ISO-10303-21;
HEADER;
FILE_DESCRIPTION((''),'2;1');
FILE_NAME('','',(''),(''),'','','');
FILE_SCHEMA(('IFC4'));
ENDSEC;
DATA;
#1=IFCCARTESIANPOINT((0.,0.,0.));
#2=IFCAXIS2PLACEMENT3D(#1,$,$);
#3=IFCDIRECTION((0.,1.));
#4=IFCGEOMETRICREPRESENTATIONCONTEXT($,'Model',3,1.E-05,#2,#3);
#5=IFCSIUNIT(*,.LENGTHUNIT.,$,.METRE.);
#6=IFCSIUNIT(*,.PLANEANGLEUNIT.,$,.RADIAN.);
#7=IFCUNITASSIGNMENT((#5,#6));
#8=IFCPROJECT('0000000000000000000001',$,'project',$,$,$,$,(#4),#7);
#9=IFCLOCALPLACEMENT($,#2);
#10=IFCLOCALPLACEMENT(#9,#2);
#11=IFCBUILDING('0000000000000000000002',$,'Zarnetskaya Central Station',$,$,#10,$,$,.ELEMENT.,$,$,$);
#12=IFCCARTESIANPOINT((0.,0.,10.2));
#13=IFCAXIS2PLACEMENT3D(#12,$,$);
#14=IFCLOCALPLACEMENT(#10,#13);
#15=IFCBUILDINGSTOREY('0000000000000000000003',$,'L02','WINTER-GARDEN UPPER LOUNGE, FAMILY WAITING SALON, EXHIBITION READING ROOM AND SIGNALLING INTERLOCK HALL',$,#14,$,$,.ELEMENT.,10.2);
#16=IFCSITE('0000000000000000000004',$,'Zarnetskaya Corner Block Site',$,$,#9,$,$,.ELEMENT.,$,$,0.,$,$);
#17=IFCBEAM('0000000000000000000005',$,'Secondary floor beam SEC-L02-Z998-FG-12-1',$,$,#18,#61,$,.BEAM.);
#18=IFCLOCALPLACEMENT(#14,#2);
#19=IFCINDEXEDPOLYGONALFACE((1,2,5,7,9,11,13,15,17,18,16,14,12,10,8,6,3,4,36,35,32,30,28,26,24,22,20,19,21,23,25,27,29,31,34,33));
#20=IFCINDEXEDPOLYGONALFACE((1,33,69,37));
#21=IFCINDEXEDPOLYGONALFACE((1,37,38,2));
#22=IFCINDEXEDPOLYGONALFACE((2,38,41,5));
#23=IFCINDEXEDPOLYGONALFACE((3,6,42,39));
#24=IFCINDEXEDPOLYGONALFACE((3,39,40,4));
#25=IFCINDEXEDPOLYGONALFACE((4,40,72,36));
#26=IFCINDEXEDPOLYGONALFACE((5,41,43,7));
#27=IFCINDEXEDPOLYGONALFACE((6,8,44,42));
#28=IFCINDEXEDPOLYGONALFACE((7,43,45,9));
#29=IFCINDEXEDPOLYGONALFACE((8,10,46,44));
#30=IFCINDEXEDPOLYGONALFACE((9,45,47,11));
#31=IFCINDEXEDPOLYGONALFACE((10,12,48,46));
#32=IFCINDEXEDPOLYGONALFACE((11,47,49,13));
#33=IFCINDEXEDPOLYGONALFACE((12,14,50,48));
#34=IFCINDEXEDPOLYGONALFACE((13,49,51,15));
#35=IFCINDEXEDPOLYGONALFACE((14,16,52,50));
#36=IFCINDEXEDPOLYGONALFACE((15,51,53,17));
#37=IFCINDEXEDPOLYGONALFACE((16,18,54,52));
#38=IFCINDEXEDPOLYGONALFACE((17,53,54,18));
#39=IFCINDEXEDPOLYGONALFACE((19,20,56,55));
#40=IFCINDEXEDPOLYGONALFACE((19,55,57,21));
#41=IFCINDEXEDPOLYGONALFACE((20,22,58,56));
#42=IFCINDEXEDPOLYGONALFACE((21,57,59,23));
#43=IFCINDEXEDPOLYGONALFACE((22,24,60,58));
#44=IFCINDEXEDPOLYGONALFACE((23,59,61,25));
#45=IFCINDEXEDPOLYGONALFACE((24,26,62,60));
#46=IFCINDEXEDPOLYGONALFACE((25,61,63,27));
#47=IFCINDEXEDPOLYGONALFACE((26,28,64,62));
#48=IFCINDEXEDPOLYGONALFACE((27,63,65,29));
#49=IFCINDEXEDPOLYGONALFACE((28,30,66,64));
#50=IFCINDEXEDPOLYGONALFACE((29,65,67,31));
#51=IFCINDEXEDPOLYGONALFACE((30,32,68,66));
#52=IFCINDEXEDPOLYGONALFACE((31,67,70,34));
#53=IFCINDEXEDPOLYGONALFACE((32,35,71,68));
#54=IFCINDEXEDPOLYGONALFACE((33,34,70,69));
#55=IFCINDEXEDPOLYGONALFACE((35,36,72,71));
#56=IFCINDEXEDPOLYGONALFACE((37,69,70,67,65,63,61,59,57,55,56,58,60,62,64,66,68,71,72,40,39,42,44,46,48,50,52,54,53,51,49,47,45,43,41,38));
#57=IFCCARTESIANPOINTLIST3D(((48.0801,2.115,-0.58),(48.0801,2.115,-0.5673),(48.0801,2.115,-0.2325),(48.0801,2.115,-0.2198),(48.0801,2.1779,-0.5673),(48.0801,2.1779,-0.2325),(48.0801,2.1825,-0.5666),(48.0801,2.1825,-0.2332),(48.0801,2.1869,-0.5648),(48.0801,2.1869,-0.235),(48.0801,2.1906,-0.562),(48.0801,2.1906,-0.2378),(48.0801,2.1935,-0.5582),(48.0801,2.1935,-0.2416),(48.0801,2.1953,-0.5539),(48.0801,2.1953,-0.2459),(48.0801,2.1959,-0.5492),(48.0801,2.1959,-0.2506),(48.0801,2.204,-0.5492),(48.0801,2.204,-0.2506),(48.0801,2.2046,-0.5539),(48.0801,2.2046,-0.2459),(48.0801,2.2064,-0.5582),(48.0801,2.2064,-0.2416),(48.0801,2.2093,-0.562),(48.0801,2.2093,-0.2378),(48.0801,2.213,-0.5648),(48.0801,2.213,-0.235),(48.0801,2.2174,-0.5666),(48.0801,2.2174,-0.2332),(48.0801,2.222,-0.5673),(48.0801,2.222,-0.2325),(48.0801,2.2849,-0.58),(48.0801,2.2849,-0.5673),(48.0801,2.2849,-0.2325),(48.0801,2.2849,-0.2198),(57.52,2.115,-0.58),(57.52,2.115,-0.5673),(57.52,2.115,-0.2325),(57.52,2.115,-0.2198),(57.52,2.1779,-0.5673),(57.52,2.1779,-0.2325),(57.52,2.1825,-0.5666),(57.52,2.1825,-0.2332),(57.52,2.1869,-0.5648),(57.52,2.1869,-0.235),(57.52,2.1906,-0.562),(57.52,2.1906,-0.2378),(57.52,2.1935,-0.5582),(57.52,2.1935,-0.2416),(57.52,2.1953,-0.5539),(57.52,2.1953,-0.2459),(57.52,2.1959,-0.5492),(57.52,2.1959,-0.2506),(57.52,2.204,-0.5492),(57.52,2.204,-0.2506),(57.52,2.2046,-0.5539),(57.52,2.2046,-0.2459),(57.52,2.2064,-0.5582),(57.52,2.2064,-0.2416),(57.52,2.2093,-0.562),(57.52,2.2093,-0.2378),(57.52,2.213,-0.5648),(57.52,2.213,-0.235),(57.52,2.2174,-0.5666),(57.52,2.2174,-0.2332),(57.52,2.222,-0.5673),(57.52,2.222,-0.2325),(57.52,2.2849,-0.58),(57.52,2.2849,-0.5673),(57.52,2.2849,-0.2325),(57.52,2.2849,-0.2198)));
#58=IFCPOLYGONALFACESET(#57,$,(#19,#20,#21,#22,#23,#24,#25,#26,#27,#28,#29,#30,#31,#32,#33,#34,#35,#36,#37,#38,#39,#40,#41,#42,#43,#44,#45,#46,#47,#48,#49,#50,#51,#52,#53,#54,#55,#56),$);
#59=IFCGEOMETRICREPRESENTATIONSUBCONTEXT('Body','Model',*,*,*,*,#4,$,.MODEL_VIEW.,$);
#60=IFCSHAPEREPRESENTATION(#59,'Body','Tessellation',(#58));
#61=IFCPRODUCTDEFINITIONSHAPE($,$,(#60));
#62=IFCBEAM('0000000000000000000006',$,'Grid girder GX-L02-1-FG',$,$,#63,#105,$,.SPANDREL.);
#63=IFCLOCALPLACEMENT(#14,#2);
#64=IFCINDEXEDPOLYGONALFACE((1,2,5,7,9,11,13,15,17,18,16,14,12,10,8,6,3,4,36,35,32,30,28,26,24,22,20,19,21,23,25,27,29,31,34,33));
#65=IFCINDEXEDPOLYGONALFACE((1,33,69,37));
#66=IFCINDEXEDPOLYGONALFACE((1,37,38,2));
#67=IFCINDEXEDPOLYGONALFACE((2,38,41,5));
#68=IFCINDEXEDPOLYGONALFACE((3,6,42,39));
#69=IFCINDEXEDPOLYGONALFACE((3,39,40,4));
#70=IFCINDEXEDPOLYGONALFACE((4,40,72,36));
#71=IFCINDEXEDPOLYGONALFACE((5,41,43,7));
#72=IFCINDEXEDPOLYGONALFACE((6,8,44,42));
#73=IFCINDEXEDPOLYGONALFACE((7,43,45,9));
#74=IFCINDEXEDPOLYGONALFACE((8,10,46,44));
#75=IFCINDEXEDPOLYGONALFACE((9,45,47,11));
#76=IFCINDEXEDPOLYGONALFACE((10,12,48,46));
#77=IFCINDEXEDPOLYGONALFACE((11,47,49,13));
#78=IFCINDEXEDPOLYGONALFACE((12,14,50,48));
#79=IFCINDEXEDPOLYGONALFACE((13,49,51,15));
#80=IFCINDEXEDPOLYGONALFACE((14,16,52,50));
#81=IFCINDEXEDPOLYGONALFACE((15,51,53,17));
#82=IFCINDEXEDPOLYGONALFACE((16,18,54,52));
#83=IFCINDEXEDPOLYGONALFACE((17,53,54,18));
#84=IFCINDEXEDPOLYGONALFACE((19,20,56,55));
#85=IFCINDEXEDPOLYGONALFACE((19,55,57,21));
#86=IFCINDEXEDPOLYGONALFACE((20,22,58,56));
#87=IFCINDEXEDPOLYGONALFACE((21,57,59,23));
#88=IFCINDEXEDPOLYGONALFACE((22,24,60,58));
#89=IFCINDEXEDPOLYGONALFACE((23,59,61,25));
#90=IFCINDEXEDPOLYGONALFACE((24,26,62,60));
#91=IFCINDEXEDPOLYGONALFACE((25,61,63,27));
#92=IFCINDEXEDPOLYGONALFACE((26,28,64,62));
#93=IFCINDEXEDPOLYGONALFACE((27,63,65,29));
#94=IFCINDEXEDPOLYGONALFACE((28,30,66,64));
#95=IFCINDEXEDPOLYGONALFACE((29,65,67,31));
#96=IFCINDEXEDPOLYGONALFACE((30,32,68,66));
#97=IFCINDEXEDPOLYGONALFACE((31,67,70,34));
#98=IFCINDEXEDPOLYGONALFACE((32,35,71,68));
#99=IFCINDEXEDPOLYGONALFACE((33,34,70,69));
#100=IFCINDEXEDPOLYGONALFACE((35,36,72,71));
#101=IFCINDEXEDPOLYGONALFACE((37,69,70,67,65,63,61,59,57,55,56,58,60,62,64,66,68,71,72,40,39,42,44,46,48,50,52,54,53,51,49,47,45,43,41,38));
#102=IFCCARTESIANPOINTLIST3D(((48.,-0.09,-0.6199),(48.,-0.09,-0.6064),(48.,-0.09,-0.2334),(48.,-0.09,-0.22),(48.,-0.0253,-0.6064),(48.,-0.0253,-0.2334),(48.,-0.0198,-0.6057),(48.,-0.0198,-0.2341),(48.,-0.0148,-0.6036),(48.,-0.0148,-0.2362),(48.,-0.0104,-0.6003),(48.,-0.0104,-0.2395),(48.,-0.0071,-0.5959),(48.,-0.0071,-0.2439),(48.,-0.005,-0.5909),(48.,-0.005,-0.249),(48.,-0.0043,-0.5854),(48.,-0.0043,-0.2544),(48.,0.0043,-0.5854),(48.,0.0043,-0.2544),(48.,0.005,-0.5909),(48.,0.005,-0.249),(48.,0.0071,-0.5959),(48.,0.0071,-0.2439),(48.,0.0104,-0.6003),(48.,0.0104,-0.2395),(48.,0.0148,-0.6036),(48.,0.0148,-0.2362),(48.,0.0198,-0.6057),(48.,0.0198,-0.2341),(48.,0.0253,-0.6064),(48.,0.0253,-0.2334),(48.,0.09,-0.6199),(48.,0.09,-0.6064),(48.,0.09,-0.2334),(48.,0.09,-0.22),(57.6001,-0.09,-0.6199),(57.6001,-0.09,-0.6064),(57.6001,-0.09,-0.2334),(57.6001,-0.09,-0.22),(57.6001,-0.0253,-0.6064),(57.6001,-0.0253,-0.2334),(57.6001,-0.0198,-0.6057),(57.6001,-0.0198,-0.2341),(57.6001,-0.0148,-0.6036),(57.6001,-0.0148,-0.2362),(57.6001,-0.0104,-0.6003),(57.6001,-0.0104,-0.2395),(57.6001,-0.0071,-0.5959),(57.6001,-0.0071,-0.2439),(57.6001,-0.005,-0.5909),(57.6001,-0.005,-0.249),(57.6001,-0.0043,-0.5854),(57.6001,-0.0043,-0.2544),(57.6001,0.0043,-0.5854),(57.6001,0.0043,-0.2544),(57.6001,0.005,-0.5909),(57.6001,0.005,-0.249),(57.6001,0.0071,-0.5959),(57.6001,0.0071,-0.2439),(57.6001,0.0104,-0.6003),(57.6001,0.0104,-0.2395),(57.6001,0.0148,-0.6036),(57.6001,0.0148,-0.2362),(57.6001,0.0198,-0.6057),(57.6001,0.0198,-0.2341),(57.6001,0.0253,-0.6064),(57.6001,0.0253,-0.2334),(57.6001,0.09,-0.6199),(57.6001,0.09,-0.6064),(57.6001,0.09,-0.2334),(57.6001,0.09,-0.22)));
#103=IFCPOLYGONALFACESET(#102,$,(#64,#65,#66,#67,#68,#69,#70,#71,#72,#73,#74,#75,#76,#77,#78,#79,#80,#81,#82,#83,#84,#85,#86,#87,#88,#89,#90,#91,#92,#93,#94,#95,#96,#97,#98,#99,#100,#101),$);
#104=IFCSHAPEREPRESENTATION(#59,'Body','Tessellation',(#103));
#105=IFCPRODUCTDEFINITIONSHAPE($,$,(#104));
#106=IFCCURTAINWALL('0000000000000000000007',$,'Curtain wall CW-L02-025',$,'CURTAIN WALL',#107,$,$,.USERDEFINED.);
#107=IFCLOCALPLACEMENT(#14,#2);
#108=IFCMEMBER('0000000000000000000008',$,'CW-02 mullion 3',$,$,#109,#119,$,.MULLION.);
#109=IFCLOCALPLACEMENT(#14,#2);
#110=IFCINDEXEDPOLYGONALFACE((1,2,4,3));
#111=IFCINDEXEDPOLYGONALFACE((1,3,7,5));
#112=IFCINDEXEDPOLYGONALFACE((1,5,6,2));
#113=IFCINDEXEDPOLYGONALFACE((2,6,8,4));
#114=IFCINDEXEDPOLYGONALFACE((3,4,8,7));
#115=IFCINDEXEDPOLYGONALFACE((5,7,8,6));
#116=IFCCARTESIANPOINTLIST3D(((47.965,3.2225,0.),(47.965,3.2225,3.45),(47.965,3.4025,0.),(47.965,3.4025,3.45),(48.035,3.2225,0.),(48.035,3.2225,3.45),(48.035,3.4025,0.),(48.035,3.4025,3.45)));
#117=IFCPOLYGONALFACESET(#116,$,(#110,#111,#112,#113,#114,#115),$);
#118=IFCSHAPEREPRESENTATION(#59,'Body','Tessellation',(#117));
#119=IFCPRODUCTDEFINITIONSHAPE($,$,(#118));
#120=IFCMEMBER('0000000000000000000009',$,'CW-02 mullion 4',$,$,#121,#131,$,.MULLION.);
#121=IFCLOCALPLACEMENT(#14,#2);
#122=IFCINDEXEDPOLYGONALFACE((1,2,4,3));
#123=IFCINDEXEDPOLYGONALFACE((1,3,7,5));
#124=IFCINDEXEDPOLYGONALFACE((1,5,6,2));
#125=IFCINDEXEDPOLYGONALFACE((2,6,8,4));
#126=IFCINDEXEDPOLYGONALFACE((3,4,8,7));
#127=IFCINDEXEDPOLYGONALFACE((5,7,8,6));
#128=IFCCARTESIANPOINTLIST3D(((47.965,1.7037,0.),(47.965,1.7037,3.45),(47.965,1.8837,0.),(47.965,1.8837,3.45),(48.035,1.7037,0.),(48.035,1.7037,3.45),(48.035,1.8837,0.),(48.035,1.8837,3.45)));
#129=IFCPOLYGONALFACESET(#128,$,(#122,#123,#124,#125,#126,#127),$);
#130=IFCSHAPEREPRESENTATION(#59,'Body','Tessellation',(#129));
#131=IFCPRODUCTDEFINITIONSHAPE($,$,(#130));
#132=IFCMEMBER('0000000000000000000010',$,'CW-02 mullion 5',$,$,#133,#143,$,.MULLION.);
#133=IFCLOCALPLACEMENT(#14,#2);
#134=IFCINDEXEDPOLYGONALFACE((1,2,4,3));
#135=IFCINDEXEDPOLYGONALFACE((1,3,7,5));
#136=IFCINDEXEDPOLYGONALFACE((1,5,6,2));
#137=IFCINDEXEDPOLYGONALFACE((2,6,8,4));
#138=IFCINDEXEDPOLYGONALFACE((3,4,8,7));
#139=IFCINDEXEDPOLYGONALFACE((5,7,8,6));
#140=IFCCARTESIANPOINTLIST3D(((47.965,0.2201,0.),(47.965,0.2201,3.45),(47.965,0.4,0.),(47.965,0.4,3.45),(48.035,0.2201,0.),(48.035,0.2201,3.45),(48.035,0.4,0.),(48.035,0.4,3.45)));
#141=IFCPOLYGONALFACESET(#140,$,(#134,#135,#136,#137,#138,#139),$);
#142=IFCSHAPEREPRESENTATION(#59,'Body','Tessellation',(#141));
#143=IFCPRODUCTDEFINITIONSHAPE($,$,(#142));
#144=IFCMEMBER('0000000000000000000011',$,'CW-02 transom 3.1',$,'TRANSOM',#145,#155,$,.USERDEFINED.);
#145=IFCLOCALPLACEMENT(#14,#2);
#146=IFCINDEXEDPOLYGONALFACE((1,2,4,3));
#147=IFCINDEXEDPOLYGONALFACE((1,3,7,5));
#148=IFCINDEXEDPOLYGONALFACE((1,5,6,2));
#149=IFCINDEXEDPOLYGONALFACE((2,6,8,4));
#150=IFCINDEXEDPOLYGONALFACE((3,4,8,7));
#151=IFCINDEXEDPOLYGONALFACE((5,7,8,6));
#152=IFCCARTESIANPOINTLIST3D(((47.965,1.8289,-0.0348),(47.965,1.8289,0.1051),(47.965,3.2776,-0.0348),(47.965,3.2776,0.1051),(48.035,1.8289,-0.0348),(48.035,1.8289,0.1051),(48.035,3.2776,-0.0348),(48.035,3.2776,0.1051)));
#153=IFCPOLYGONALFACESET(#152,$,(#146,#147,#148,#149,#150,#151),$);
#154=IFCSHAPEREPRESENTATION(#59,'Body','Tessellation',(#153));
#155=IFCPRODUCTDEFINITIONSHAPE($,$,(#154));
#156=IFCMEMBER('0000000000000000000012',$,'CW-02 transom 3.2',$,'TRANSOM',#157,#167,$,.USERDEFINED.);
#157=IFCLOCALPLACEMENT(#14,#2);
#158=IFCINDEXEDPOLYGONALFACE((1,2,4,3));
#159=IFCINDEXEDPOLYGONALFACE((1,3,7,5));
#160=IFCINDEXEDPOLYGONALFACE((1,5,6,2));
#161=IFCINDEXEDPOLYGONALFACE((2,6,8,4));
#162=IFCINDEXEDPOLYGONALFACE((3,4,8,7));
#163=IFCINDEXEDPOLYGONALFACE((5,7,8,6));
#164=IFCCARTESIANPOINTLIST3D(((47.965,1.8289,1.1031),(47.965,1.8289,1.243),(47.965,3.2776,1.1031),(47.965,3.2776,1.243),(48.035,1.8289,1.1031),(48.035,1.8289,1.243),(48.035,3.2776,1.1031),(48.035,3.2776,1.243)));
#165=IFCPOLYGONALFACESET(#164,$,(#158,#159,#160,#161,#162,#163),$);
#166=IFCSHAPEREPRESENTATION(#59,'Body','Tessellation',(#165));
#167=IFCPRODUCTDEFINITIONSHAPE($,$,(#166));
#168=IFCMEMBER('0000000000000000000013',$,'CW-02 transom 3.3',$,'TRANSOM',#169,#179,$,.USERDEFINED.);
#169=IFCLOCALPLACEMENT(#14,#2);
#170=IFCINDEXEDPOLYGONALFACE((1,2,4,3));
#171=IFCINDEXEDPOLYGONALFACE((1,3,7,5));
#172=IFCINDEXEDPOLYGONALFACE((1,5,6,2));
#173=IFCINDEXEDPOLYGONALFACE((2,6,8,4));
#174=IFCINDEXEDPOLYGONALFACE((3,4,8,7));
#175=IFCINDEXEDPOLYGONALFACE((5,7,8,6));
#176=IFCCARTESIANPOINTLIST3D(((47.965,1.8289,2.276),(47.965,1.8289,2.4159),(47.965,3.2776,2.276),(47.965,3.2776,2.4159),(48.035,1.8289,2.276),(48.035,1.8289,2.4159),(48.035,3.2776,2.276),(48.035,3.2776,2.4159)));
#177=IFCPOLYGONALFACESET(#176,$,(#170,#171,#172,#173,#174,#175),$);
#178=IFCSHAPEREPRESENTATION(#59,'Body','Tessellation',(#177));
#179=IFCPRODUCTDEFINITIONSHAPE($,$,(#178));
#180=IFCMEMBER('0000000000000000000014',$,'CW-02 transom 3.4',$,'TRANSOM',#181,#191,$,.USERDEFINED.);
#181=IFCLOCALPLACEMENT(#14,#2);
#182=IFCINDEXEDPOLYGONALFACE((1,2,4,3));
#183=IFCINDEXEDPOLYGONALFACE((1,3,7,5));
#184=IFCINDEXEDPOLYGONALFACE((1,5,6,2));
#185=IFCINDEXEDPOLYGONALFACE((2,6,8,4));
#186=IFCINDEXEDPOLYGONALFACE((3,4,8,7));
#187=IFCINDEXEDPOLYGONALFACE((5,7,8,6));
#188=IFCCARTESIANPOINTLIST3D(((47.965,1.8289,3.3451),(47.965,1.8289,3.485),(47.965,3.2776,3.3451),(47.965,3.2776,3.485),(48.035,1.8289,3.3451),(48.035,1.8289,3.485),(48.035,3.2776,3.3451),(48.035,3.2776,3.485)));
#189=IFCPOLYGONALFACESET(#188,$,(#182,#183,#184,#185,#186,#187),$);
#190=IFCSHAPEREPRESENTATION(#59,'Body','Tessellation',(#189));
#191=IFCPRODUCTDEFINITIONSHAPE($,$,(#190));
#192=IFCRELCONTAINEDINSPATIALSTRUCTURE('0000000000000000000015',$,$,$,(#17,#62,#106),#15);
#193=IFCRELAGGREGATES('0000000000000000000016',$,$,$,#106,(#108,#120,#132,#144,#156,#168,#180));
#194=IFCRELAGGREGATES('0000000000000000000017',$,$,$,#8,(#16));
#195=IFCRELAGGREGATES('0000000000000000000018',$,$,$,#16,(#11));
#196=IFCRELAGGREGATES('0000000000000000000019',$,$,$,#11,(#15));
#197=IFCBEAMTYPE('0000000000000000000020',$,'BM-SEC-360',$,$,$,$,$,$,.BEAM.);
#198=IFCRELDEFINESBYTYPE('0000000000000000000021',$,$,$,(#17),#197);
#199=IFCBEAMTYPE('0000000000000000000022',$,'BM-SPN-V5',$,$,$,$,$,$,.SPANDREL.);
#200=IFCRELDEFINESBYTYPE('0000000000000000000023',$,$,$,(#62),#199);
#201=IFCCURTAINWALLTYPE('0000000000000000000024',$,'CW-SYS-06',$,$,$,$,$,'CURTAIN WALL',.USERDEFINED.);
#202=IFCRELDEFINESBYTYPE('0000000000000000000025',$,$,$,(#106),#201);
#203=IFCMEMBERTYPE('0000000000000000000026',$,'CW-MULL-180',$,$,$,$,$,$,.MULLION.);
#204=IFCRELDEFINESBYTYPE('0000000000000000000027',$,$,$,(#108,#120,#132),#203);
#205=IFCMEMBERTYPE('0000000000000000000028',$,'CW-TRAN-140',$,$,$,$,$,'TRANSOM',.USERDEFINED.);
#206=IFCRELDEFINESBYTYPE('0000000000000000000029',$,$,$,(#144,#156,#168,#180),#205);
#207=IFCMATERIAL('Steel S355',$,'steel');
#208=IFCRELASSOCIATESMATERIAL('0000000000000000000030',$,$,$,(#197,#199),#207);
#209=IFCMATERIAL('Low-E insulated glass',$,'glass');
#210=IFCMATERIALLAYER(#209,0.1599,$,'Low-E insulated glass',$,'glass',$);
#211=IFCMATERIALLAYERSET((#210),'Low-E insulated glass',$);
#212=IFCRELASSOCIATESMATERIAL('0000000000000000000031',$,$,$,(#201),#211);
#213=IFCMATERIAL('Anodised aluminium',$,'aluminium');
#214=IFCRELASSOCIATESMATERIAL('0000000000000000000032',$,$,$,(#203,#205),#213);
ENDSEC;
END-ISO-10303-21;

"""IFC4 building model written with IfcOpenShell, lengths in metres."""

from ifc_helpers import new_model, si_unit, direction, frame, origin, origin_2d, place, context, subcontext, project, spatial, rectangle, i_section, extrude, material, layer, layer_set, material_profile, profile_set, type_object, element, aggregate, save


model = new_model("IFC4")

# Units and contexts
model_context = context("Model", 3, precision=1e-05, world=origin(), true_north=direction((0.0, 1.0)))
body_context = subcontext(model_context, "Body", "Model", "MODEL_VIEW")
ifc_project = project(units=[si_unit("LENGTHUNIT", "METRE"), si_unit("PLANEANGLEUNIT", "RADIAN")], contexts=[model_context])

# Site, building, storey
site_placement = place(None, origin())
site = spatial("IfcSite", under=ifc_project, at=site_placement, Name="Zarnetskaya Corner Block Site", CompositionType="ELEMENT", RefElevation=0.0)
building_placement = place(site_placement, origin())
building = spatial("IfcBuilding", under=site, at=building_placement, Name="Zarnetskaya Central Station", CompositionType="ELEMENT")
storey_placement = place(building_placement, frame((0.0, 0.0, 10.2)))
storey = spatial("IfcBuildingStorey", under=building, at=storey_placement, Name="L02", Description="WINTER-GARDEN UPPER LOUNGE, FAMILY WAITING SALON, EXHIBITION READING ROOM AND SIGNALLING INTERLOCK HALL", CompositionType="ELEMENT", Elevation=10.2)

# Beams
ifc_material_1 = material(Name="Steel S355", Category="steel")
ifc_material_profile_1 = material_profile(ifc_material_1, i_section(OverallWidth=0.1699, OverallDepth=0.3601, WebThickness=0.0081, FlangeThickness=0.0127, FilletRadius=0.0181, at=origin_2d()), Name="IPE 360")
ifc_profile_set_1 = profile_set([ifc_material_profile_1], Name="Steel S355")
beam_type_1 = type_object("IfcBeamType", Name="BM-SEC-360", PredefinedType="BEAM", material=ifc_profile_set_1)
beam_1_placement = place(storey_placement, frame((48.0801, 2.2, -0.3999), z_axis=(1.0, 0.0, 0.0), x_axis=(0.0, 1.0, 0.0)))
element("IfcBeam", 1, at=beam_1_placement, inside=storey, type_object=beam_type_1, Name="Secondary floor beam SEC-L02-Z998-FG-12-1", PredefinedType="BEAM", context=body_context, shape_type="SweptSolid", body=[
    extrude(i_section(OverallWidth=0.1699, OverallDepth=0.3601, WebThickness=0.0081, FlangeThickness=0.0127, FilletRadius=0.0181, at=origin_2d()), origin(), (0.0, 0.0, 1.0), 9.4399),
])
ifc_material_profile_2 = material_profile(ifc_material_1, i_section(OverallWidth=0.1799, OverallDepth=0.3999, WebThickness=0.0085, FlangeThickness=0.0134, FilletRadius=0.021, at=origin_2d()), Name="IPE 400")
ifc_profile_set_2 = profile_set([ifc_material_profile_2], Name="Steel S355")
beam_type_2 = type_object("IfcBeamType", Name="BM-SPN-V5", PredefinedType="SPANDREL", material=ifc_profile_set_2)
beam_2_placement = place(storey_placement, frame((48.0, 0.0, -0.4199), z_axis=(1.0, 0.0, 0.0), x_axis=(0.0, 1.0, 0.0)))
element("IfcBeam", 2, at=beam_2_placement, inside=storey, type_object=beam_type_2, Name="Grid girder GX-L02-1-FG", PredefinedType="SPANDREL", context=body_context, shape_type="SweptSolid", body=[
    extrude(i_section(OverallWidth=0.1799, OverallDepth=0.3999, WebThickness=0.0085, FlangeThickness=0.0134, FilletRadius=0.021, at=origin_2d()), origin(), (0.0, 0.0, 1.0), 9.6001),
])

# Curtain wall, members
ifc_material_2 = material(Name="Low-E insulated glass", Category="glass")
ifc_layer_1 = layer(ifc_material_2, 0.1599, Name="Low-E insulated glass", Category="glass")
ifc_layer_set_1 = layer_set([ifc_layer_1], Name="Low-E insulated glass")
curtain_wall_type = type_object("IfcCurtainWallType", Name="CW-SYS-06", ElementType="CURTAIN WALL", PredefinedType="USERDEFINED", material=ifc_layer_set_1)
curtain_wall_placement = place(storey_placement, origin())
curtain_wall = element("IfcCurtainWall", 3, at=curtain_wall_placement, inside=storey, type_object=curtain_wall_type, Name="Curtain wall CW-L02-025", ObjectType="CURTAIN WALL", PredefinedType="USERDEFINED")
ifc_material_3 = material(Name="Anodised aluminium", Category="aluminium")
ifc_material_profile_3 = material_profile(ifc_material_3, rectangle(XDim=0.0701, YDim=0.1799, at=origin_2d()), Name="ALU MULL 70x180")
ifc_profile_set_3 = profile_set([ifc_material_profile_3], Name="Anodised aluminium")
member_type_1 = type_object("IfcMemberType", Name="CW-MULL-180", PredefinedType="MULLION", material=ifc_profile_set_3)
member_1_placement = place(storey_placement, frame((48.0, 3.3125, 0.0), z_axis=(0.0, 0.0, 1.0), x_axis=(1.0, 0.0, 0.0)))
member_1 = element("IfcMember", 4, at=member_1_placement, type_object=member_type_1, Name="CW-02 mullion 3", PredefinedType="MULLION", context=body_context, shape_type="SweptSolid", body=[
    extrude(rectangle(XDim=0.0701, YDim=0.1799, at=origin_2d()), origin(), (0.0, 0.0, 1.0), 3.45),
])
member_2_placement = place(storey_placement, frame((48.0, 1.7937, 0.0), z_axis=(0.0, 0.0, 1.0), x_axis=(1.0, 0.0, 0.0)))
member_2 = element("IfcMember", 5, at=member_2_placement, type_object=member_type_1, Name="CW-02 mullion 4", PredefinedType="MULLION", context=body_context, shape_type="SweptSolid", body=[
    extrude(rectangle(XDim=0.0701, YDim=0.1799, at=origin_2d()), origin(), (0.0, 0.0, 1.0), 3.45),
])
member_3_placement = place(storey_placement, frame((48.0, 0.3101, 0.0), z_axis=(0.0, 0.0, 1.0), x_axis=(1.0, 0.0, 0.0)))
member_3 = element("IfcMember", 6, at=member_3_placement, type_object=member_type_1, Name="CW-02 mullion 5", PredefinedType="MULLION", context=body_context, shape_type="SweptSolid", body=[
    extrude(rectangle(XDim=0.0701, YDim=0.1799, at=origin_2d()), origin(), (0.0, 0.0, 1.0), 3.45),
])
ifc_material_profile_4 = material_profile(ifc_material_3, rectangle(XDim=0.0701, YDim=0.1399, at=origin_2d()), Name="ALU TRAN 70x140")
ifc_profile_set_4 = profile_set([ifc_material_profile_4], Name="Anodised aluminium")
member_type_2 = type_object("IfcMemberType", Name="CW-TRAN-140", ElementType="TRANSOM", PredefinedType="USERDEFINED", material=ifc_profile_set_4)
member_4_placement = place(storey_placement, frame((48.0, 3.2776, 0.0352), z_axis=(0.0, -1.0, 0.0), x_axis=(1.0, 0.0, 0.0)))
member_4 = element("IfcMember", 7, at=member_4_placement, type_object=member_type_2, Name="CW-02 transom 3.1", ObjectType="TRANSOM", PredefinedType="USERDEFINED", context=body_context, shape_type="SweptSolid", body=[
    extrude(rectangle(XDim=0.0701, YDim=0.1399, at=origin_2d()), origin(), (0.0, 0.0, 1.0), 1.4487),
])
member_5_placement = place(storey_placement, frame((48.0, 3.2776, 1.1731), z_axis=(0.0, -1.0, 0.0), x_axis=(1.0, 0.0, 0.0)))
member_5 = element("IfcMember", 8, at=member_5_placement, type_object=member_type_2, Name="CW-02 transom 3.2", ObjectType="TRANSOM", PredefinedType="USERDEFINED", context=body_context, shape_type="SweptSolid", body=[
    extrude(rectangle(XDim=0.0701, YDim=0.1399, at=origin_2d()), origin(), (0.0, 0.0, 1.0), 1.4487),
])
member_6_placement = place(storey_placement, frame((48.0, 3.2776, 2.3459), z_axis=(0.0, -1.0, 0.0), x_axis=(1.0, 0.0, 0.0)))
member_6 = element("IfcMember", 9, at=member_6_placement, type_object=member_type_2, Name="CW-02 transom 3.3", ObjectType="TRANSOM", PredefinedType="USERDEFINED", context=body_context, shape_type="SweptSolid", body=[
    extrude(rectangle(XDim=0.0701, YDim=0.1399, at=origin_2d()), origin(), (0.0, 0.0, 1.0), 1.4487),
])
member_7_placement = place(storey_placement, frame((48.0, 3.2776, 3.415), z_axis=(0.0, -1.0, 0.0), x_axis=(1.0, 0.0, 0.0)))
member_7 = element("IfcMember", 10, at=member_7_placement, type_object=member_type_2, Name="CW-02 transom 3.4", ObjectType="TRANSOM", PredefinedType="USERDEFINED", context=body_context, shape_type="SweptSolid", body=[
    extrude(rectangle(XDim=0.0701, YDim=0.1399, at=origin_2d()), origin(), (0.0, 0.0, 1.0), 1.4487),
])

aggregate(curtain_wall, [member_1, member_2, member_3, member_4, member_5, member_6, member_7])

save(model, "model.ifc")
